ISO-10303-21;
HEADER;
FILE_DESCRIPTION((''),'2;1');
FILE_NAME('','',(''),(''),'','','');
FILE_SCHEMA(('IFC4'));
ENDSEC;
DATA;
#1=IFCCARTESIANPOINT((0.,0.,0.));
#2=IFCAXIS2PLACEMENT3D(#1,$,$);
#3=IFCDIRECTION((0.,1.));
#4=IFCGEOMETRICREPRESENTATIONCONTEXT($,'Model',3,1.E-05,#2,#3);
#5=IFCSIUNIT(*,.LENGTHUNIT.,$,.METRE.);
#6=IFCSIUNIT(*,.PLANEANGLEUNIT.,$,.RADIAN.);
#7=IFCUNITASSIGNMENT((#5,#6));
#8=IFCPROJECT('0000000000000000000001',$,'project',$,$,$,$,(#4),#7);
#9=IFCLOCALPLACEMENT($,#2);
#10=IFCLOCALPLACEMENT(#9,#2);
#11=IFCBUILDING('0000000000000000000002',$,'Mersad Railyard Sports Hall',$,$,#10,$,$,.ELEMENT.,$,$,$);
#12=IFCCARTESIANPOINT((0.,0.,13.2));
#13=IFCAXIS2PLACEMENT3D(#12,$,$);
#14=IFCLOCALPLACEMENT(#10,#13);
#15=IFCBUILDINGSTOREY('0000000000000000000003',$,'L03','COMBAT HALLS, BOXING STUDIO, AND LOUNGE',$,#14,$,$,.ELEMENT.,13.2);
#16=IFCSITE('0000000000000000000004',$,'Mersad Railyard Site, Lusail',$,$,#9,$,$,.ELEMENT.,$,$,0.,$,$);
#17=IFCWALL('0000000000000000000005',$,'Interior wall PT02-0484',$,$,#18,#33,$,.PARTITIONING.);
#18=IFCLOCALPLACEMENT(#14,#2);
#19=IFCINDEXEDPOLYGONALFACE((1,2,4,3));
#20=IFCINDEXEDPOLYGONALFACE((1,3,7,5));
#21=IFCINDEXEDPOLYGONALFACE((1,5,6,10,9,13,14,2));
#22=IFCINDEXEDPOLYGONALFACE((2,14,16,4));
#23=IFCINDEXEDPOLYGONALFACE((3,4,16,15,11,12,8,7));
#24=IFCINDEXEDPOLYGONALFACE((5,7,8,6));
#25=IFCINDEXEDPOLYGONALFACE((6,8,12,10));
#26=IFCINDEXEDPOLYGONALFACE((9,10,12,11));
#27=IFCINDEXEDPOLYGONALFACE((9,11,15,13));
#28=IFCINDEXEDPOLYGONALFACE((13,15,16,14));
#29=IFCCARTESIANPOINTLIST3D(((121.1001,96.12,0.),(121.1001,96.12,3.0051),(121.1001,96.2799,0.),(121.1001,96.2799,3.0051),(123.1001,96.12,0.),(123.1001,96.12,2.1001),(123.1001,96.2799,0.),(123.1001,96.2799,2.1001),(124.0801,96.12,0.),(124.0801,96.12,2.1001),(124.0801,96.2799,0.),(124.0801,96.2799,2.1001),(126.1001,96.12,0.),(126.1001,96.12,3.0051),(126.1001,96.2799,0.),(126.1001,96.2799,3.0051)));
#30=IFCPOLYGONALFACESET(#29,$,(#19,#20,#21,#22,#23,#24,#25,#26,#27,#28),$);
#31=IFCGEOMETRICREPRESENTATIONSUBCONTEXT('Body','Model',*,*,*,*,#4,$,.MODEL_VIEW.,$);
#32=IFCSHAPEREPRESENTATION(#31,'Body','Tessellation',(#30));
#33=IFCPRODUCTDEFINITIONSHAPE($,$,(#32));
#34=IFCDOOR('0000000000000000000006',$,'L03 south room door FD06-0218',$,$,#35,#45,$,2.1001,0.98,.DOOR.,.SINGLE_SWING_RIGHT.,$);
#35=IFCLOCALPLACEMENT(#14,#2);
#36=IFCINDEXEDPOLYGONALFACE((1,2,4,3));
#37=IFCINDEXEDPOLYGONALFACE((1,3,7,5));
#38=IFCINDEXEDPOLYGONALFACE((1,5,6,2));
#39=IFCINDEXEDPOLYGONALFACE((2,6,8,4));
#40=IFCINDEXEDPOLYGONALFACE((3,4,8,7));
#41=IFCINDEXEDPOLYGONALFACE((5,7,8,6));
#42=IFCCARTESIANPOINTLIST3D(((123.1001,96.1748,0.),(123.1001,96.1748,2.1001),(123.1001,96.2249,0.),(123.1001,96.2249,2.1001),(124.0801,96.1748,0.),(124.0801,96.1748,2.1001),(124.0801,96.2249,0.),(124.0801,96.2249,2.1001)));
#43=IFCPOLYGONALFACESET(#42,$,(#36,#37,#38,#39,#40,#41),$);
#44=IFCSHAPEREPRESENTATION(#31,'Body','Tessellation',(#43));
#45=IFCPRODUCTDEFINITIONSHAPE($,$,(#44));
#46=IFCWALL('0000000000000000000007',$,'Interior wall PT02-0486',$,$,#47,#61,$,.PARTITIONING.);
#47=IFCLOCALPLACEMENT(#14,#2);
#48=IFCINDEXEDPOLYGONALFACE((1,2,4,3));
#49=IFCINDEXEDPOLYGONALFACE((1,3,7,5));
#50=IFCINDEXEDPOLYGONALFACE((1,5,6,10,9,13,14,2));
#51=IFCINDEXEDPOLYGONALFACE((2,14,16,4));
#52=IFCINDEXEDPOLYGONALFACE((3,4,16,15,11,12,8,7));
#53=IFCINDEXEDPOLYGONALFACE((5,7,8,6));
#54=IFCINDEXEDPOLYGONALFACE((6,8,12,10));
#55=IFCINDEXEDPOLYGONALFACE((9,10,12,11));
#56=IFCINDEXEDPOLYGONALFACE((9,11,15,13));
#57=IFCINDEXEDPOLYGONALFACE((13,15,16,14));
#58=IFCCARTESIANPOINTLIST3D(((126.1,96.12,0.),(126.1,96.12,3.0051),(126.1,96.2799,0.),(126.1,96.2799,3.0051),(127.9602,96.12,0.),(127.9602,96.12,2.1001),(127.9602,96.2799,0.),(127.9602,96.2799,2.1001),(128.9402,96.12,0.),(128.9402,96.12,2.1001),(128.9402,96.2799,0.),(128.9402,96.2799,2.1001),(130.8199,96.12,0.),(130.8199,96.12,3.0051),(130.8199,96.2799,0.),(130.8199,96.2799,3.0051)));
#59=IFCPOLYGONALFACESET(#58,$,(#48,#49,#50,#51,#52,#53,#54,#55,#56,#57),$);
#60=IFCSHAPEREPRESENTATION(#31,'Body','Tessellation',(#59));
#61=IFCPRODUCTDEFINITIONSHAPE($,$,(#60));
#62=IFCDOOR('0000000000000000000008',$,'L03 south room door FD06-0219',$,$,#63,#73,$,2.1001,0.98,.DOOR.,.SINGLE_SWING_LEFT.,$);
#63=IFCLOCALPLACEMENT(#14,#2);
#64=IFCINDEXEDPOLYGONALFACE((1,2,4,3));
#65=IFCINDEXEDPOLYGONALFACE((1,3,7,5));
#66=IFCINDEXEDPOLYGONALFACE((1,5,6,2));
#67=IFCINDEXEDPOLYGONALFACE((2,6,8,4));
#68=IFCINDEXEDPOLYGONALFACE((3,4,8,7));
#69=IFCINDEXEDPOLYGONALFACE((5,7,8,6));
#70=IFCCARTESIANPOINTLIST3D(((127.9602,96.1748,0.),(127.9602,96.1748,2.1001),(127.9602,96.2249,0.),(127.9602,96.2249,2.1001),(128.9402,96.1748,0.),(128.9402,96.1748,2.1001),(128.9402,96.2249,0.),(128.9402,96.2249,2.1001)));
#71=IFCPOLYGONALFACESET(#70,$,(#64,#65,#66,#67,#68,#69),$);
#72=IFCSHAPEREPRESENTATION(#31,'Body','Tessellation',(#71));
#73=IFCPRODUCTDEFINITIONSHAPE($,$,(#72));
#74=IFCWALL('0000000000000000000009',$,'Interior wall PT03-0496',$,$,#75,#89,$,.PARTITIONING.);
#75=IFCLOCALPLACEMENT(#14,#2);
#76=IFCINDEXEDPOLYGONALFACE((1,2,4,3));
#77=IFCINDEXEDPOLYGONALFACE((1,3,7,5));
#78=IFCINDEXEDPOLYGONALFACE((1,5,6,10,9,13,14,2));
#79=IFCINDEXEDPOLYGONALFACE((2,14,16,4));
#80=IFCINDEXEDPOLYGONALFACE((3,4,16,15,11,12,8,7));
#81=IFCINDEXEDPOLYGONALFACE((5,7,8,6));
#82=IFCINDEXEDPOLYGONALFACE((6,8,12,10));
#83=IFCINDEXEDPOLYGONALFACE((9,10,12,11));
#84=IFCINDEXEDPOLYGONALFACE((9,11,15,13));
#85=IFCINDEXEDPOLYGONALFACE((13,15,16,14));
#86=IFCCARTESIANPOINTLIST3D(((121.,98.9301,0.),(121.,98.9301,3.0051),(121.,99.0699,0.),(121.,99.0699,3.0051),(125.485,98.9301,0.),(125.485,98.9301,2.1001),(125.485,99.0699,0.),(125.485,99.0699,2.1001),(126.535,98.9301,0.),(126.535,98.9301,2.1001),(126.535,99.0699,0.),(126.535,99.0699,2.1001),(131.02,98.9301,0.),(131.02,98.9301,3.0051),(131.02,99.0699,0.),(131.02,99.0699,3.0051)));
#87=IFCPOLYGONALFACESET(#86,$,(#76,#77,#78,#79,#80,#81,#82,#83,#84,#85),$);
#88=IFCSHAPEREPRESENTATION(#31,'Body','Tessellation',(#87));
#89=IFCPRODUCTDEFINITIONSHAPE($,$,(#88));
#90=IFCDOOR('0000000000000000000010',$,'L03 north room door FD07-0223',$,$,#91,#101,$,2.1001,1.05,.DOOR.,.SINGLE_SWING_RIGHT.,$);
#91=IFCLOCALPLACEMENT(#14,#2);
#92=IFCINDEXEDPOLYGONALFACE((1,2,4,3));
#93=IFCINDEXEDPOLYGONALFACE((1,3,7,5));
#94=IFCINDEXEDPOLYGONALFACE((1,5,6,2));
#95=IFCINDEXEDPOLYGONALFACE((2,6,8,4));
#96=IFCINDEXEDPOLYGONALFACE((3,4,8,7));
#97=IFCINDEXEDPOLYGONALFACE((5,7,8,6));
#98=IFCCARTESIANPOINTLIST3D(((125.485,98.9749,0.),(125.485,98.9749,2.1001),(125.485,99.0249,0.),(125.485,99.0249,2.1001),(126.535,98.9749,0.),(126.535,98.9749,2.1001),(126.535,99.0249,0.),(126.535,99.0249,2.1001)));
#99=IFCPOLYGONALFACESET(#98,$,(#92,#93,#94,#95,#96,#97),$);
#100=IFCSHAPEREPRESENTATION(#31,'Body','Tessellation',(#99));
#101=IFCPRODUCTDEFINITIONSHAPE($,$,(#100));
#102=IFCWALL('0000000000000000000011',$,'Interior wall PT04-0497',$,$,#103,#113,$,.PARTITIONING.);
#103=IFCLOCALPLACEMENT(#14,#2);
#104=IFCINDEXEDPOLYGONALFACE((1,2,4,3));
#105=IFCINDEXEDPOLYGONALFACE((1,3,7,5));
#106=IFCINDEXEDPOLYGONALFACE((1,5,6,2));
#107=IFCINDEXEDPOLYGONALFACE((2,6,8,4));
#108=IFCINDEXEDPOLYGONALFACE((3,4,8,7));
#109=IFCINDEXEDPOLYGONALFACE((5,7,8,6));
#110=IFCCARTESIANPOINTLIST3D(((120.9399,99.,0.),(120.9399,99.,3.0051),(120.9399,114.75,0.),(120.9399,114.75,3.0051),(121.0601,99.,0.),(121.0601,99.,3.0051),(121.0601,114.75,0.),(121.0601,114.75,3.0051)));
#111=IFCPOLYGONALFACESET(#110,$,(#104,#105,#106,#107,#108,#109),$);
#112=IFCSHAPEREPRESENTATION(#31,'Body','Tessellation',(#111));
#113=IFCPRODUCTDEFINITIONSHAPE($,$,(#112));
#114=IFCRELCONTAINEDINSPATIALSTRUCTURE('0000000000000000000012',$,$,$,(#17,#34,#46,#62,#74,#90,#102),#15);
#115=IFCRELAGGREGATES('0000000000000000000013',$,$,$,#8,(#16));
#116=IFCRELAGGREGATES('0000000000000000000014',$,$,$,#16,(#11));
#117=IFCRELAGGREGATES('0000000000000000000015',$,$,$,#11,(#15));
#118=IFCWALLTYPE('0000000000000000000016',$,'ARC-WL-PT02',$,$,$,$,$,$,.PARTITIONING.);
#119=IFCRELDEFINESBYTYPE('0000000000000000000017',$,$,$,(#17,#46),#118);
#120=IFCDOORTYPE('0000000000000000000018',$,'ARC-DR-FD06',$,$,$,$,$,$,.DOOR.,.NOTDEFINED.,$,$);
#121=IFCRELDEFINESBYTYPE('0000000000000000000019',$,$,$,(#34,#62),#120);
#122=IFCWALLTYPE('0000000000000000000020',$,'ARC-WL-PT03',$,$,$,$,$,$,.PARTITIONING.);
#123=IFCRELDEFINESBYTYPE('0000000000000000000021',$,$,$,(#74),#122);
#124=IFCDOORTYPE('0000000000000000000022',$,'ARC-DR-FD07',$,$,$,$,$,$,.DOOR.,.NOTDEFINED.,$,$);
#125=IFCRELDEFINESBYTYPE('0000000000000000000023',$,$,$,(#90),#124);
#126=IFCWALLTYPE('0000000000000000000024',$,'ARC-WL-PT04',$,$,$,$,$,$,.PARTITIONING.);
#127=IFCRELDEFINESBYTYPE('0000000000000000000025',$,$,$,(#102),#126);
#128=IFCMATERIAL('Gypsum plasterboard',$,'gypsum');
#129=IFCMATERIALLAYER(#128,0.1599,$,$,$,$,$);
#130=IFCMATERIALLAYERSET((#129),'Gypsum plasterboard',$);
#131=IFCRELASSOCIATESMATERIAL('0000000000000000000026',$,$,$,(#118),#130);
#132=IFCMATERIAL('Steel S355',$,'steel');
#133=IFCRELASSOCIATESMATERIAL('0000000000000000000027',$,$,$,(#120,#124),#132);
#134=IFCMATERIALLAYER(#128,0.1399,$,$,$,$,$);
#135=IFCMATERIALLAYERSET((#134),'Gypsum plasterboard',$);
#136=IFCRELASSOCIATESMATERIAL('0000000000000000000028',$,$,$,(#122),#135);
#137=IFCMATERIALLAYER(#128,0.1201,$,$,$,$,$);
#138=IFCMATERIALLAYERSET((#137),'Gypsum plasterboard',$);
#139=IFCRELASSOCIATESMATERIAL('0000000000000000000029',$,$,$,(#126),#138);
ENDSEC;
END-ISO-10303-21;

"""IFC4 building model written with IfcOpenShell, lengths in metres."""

from ifc_helpers import new_model, si_unit, direction, frame, frame_2d, origin, place, context, subcontext, project, spatial, rectangle, extrude, material, layer, layer_set, type_object, element, fill, save


model = new_model("IFC4")

# Units and contexts
model_context = context("Model", 3, precision=1e-05, world=origin(), true_north=direction((0.0, 1.0)))
body_context = subcontext(model_context, "Body", "Model", "MODEL_VIEW")
ifc_project = project(units=[si_unit("LENGTHUNIT", "METRE"), si_unit("PLANEANGLEUNIT", "RADIAN")], contexts=[model_context])

# Site, building, storey
site_placement = place(None, origin())
site = spatial("IfcSite", under=ifc_project, at=site_placement, Name="Mersad Railyard Site, Lusail", CompositionType="ELEMENT", RefElevation=0.0)
building_placement = place(site_placement, origin())
building = spatial("IfcBuilding", under=site, at=building_placement, Name="Mersad Railyard Sports Hall", CompositionType="ELEMENT")
storey_placement = place(building_placement, frame((0.0, 0.0, 13.2)))
storey = spatial("IfcBuildingStorey", under=building, at=storey_placement, Name="L03", Description="COMBAT HALLS, BOXING STUDIO, AND LOUNGE", CompositionType="ELEMENT", Elevation=13.2)

# Shared definitions
ifc_material_1 = material(Name="Steel S355", Category="steel")

# Walls, openings, doors
ifc_material_2 = material(Name="Gypsum plasterboard", Category="gypsum")
ifc_layer_1 = layer(ifc_material_2, 0.1599)
ifc_layer_set_1 = layer_set([ifc_layer_1], Name="Gypsum plasterboard")
wall_type_1 = type_object("IfcWallType", Name="ARC-WL-PT02", PredefinedType="PARTITIONING", material=ifc_layer_set_1)
door_type_1 = type_object("IfcDoorType", Name="ARC-DR-FD06", OperationType="NOTDEFINED", PredefinedType="DOOR", material=ifc_material_1)
wall_1_placement = place(storey_placement, frame((121.1001, 96.2, 0.0), z_axis=(0.0, 0.0, 1.0), x_axis=(1.0, 0.0, 0.0)))
wall_1 = element("IfcWall", 1, at=wall_1_placement, inside=storey, type_object=wall_type_1, Name="Interior wall PT02-0484", PredefinedType="PARTITIONING", context=body_context, shape_type="SweptSolid", body=[
    extrude(rectangle(XDim=5.0, YDim=0.1599, at=frame_2d((2.5, 0.0))), origin(), (0.0, 0.0, 1.0), 3.0051),
])
opening_1_placement = place(wall_1_placement, frame((2.0, 0.0, 0.0)))
opening_1 = element("IfcOpeningElement", 2, at=opening_1_placement, cuts=wall_1, PredefinedType="OPENING", context=body_context, shape_type="SweptSolid", body=[
    extrude(rectangle(XDim=0.98, YDim=2.1001, at=frame_2d((0.49, 1.05))), frame((0.0, 0.0898, 0.0), z_axis=(0.0, -1.0, 0.0), x_axis=(1.0, 0.0, 0.0)), (0.0, 0.0, 1.0), 0.1799),
])
door_1_placement = place(opening_1_placement, origin())
door_1 = element("IfcDoor", 3, at=door_1_placement, inside=storey, type_object=door_type_1, Name="L03 south room door FD06-0218", OperationType="SINGLE_SWING_RIGHT", OverallHeight=2.1001, OverallWidth=0.98, PredefinedType="DOOR", context=body_context, shape_type="SweptSolid", body=[
    extrude(rectangle(XDim=0.98, YDim=2.1001, at=frame_2d((0.49, 1.05))), frame((0.0, 0.0249, 0.0), z_axis=(0.0, -1.0, 0.0), x_axis=(1.0, 0.0, 0.0)), (0.0, 0.0, 1.0), 0.05),
])
fill(opening_1, door_1)
wall_2_placement = place(storey_placement, frame((126.1001, 96.2, 0.0), z_axis=(0.0, 0.0, 1.0), x_axis=(1.0, 0.0, 0.0)))
wall_2 = element("IfcWall", 4, at=wall_2_placement, inside=storey, type_object=wall_type_1, Name="Interior wall PT02-0486", PredefinedType="PARTITIONING", context=body_context, shape_type="SweptSolid", body=[
    extrude(rectangle(XDim=4.72, YDim=0.1599, at=frame_2d((2.3599, 0.0))), origin(), (0.0, 0.0, 1.0), 3.0051),
])
opening_2_placement = place(wall_2_placement, frame((1.8601, 0.0, 0.0)))
opening_2 = element("IfcOpeningElement", 5, at=opening_2_placement, cuts=wall_2, PredefinedType="OPENING", context=body_context, shape_type="SweptSolid", body=[
    extrude(rectangle(XDim=0.98, YDim=2.1001, at=frame_2d((0.49, 1.05))), frame((0.0, 0.0898, 0.0), z_axis=(0.0, -1.0, 0.0), x_axis=(1.0, 0.0, 0.0)), (0.0, 0.0, 1.0), 0.1799),
])
door_2_placement = place(opening_2_placement, origin())
door_2 = element("IfcDoor", 6, at=door_2_placement, inside=storey, type_object=door_type_1, Name="L03 south room door FD06-0219", OperationType="SINGLE_SWING_LEFT", OverallHeight=2.1001, OverallWidth=0.98, PredefinedType="DOOR", context=body_context, shape_type="SweptSolid", body=[
    extrude(rectangle(XDim=0.98, YDim=2.1001, at=frame_2d((0.49, 1.05))), frame((0.0, 0.0249, 0.0), z_axis=(0.0, -1.0, 0.0), x_axis=(1.0, 0.0, 0.0)), (0.0, 0.0, 1.0), 0.05),
])
fill(opening_2, door_2)
ifc_layer_2 = layer(ifc_material_2, 0.1399)
ifc_layer_set_2 = layer_set([ifc_layer_2], Name="Gypsum plasterboard")
wall_type_2 = type_object("IfcWallType", Name="ARC-WL-PT03", PredefinedType="PARTITIONING", material=ifc_layer_set_2)
wall_3_placement = place(storey_placement, frame((121.0, 99.0, 0.0), z_axis=(0.0, 0.0, 1.0), x_axis=(1.0, 0.0, 0.0)))
wall_3 = element("IfcWall", 7, at=wall_3_placement, inside=storey, type_object=wall_type_2, Name="Interior wall PT03-0496", PredefinedType="PARTITIONING", context=body_context, shape_type="SweptSolid", body=[
    extrude(rectangle(XDim=10.02, YDim=0.1399, at=frame_2d((5.01, 0.0))), origin(), (0.0, 0.0, 1.0), 3.0051),
])
opening_3_placement = place(wall_3_placement, frame((4.4851, 0.0, 0.0)))
opening_3 = element("IfcOpeningElement", 8, at=opening_3_placement, cuts=wall_3, PredefinedType="OPENING", context=body_context, shape_type="SweptSolid", body=[
    extrude(rectangle(XDim=1.05, YDim=2.1001, at=frame_2d((0.5249, 1.05))), frame((0.0, 0.0798, 0.0), z_axis=(0.0, -1.0, 0.0), x_axis=(1.0, 0.0, 0.0)), (0.0, 0.0, 1.0), 0.1599),
])
door_type_2 = type_object("IfcDoorType", Name="ARC-DR-FD07", OperationType="NOTDEFINED", PredefinedType="DOOR", material=ifc_material_1)
door_3_placement = place(opening_3_placement, origin())
door_3 = element("IfcDoor", 9, at=door_3_placement, inside=storey, type_object=door_type_2, Name="L03 north room door FD07-0223", OperationType="SINGLE_SWING_RIGHT", OverallHeight=2.1001, OverallWidth=1.05, PredefinedType="DOOR", context=body_context, shape_type="SweptSolid", body=[
    extrude(rectangle(XDim=1.05, YDim=2.1001, at=frame_2d((0.5249, 1.05))), frame((0.0, 0.0249, 0.0), z_axis=(0.0, -1.0, 0.0), x_axis=(1.0, 0.0, 0.0)), (0.0, 0.0, 1.0), 0.05),
])
fill(opening_3, door_3)

# Wall
ifc_layer_3 = layer(ifc_material_2, 0.1201)
ifc_layer_set_3 = layer_set([ifc_layer_3], Name="Gypsum plasterboard")
wall_type_3 = type_object("IfcWallType", Name="ARC-WL-PT04", PredefinedType="PARTITIONING", material=ifc_layer_set_3)
wall_4_placement = place(storey_placement, frame((121.0, 99.0, 0.0), z_axis=(0.0, 0.0, 1.0), x_axis=(0.0, 1.0, 0.0)))
element("IfcWall", 10, at=wall_4_placement, inside=storey, type_object=wall_type_3, Name="Interior wall PT04-0497", PredefinedType="PARTITIONING", context=body_context, shape_type="SweptSolid", body=[
    extrude(rectangle(XDim=15.75, YDim=0.1201, at=frame_2d((7.875, 0.0))), origin(), (0.0, 0.0, 1.0), 3.0051),
])

save(model, "model.ifc")
